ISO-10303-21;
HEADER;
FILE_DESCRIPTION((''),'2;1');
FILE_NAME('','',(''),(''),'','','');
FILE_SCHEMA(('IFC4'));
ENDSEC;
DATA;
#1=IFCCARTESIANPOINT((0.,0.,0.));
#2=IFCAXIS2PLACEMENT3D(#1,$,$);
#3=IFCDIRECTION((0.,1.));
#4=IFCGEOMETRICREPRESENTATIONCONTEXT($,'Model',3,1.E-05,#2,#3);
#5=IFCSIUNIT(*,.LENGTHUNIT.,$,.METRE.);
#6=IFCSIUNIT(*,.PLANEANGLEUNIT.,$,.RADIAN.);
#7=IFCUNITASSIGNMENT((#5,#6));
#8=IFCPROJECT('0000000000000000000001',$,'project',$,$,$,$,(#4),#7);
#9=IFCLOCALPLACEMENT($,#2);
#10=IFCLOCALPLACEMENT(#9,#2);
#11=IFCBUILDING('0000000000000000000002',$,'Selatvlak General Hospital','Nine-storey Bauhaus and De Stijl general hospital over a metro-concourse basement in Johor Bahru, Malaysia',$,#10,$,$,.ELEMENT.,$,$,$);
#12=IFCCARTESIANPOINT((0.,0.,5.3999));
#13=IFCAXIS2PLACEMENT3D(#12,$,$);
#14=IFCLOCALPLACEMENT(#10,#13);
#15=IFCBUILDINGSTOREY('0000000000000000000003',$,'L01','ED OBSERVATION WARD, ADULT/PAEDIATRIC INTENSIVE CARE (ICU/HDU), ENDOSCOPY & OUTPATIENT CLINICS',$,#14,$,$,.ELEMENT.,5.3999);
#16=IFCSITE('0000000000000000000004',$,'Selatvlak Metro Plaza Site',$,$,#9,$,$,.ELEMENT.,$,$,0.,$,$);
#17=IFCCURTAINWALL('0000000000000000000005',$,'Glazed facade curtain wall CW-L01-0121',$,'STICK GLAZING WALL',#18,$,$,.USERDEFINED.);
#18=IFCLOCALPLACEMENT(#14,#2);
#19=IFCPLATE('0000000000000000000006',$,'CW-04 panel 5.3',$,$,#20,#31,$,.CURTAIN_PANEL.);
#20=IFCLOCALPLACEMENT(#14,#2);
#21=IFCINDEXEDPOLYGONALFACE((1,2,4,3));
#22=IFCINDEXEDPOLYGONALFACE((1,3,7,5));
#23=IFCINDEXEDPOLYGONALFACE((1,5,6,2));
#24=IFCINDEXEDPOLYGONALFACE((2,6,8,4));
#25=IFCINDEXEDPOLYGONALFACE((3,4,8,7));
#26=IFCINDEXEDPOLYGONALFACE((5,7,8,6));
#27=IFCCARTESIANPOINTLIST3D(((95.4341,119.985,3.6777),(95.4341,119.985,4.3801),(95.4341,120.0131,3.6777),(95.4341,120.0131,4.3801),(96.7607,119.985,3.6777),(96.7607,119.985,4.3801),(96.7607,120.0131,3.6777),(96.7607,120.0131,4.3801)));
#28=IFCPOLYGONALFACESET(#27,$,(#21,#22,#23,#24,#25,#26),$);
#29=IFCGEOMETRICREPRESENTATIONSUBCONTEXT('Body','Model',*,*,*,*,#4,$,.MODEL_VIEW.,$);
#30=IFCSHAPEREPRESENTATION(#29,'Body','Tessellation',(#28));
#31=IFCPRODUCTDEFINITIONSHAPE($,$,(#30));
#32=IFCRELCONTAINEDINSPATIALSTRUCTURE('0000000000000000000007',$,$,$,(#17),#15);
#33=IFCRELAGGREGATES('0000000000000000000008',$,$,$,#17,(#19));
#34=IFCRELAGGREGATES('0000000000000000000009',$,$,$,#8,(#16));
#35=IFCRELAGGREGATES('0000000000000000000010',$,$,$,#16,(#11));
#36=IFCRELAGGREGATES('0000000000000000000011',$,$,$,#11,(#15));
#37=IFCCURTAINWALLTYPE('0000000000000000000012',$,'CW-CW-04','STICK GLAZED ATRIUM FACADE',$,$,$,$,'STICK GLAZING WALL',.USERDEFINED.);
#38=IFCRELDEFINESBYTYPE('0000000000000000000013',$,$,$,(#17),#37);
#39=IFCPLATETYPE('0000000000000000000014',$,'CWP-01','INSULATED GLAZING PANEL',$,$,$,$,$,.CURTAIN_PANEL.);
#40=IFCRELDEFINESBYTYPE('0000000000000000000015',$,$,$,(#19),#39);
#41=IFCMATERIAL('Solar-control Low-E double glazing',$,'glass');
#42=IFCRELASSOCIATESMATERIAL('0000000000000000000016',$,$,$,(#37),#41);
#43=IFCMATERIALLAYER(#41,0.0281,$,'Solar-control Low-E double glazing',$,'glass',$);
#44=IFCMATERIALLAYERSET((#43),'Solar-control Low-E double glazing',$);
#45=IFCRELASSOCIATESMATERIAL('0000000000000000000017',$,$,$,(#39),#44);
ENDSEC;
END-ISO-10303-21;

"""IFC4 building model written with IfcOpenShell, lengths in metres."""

from ifc_helpers import new_model, si_unit, direction, frame, origin, origin_2d, place, context, subcontext, project, spatial, rectangle, extrude, material, layer, layer_set, type_object, element, aggregate, save


model = new_model("IFC4")

# Units and contexts
model_context = context("Model", 3, precision=1e-05, world=origin(), true_north=direction((0.0, 1.0)))
body_context = subcontext(model_context, "Body", "Model", "MODEL_VIEW")
ifc_project = project(units=[si_unit("LENGTHUNIT", "METRE"), si_unit("PLANEANGLEUNIT", "RADIAN")], contexts=[model_context])

# Site, building, storey
site_placement = place(None, origin())
site = spatial("IfcSite", under=ifc_project, at=site_placement, Name="Selatvlak Metro Plaza Site", CompositionType="ELEMENT", RefElevation=0.0)
building_placement = place(site_placement, origin())
building = spatial("IfcBuilding", under=site, at=building_placement, Name="Selatvlak General Hospital", Description="Nine-storey Bauhaus and De Stijl general hospital over a metro-concourse basement in Johor Bahru, Malaysia", CompositionType="ELEMENT")
storey_placement = place(building_placement, frame((0.0, 0.0, 5.3999)))
storey = spatial("IfcBuildingStorey", under=building, at=storey_placement, Name="L01", Description="ED OBSERVATION WARD, ADULT/PAEDIATRIC INTENSIVE CARE (ICU/HDU), ENDOSCOPY & OUTPATIENT CLINICS", CompositionType="ELEMENT", Elevation=5.3999)

# Curtain wall, plate
ifc_material_1 = material(Name="Solar-control Low-E double glazing", Category="glass")
curtain_wall_type = type_object("IfcCurtainWallType", Name="CW-CW-04", Description="STICK GLAZED ATRIUM FACADE", ElementType="STICK GLAZING WALL", PredefinedType="USERDEFINED", material=ifc_material_1)
curtain_wall_placement = place(storey_placement, origin())
curtain_wall = element("IfcCurtainWall", 1, at=curtain_wall_placement, inside=storey, type_object=curtain_wall_type, Name="Glazed facade curtain wall CW-L01-0121", ObjectType="STICK GLAZING WALL", PredefinedType="USERDEFINED")
ifc_layer = layer(ifc_material_1, 0.0281, Name="Solar-control Low-E double glazing", Category="glass")
ifc_layer_set = layer_set([ifc_layer], Name="Solar-control Low-E double glazing")
plate_type = type_object("IfcPlateType", Name="CWP-01", Description="INSULATED GLAZING PANEL", PredefinedType="CURTAIN_PANEL", material=ifc_layer_set)
plate_1_placement = place(storey_placement, frame((96.0974, 119.999, 3.6777), z_axis=(0.0, 0.0, 1.0), x_axis=(1.0, 0.0, 0.0)))
plate_1 = element("IfcPlate", 2, at=plate_1_placement, type_object=plate_type, Name="CW-04 panel 5.3", PredefinedType="CURTAIN_PANEL", context=body_context, shape_type="SweptSolid", body=[
    extrude(rectangle(XDim=1.3267, YDim=0.0281, at=origin_2d()), origin(), (0.0, 0.0, 1.0), 0.7024),
])
aggregate(curtain_wall, [plate_1])

save(model, "model.ifc")
